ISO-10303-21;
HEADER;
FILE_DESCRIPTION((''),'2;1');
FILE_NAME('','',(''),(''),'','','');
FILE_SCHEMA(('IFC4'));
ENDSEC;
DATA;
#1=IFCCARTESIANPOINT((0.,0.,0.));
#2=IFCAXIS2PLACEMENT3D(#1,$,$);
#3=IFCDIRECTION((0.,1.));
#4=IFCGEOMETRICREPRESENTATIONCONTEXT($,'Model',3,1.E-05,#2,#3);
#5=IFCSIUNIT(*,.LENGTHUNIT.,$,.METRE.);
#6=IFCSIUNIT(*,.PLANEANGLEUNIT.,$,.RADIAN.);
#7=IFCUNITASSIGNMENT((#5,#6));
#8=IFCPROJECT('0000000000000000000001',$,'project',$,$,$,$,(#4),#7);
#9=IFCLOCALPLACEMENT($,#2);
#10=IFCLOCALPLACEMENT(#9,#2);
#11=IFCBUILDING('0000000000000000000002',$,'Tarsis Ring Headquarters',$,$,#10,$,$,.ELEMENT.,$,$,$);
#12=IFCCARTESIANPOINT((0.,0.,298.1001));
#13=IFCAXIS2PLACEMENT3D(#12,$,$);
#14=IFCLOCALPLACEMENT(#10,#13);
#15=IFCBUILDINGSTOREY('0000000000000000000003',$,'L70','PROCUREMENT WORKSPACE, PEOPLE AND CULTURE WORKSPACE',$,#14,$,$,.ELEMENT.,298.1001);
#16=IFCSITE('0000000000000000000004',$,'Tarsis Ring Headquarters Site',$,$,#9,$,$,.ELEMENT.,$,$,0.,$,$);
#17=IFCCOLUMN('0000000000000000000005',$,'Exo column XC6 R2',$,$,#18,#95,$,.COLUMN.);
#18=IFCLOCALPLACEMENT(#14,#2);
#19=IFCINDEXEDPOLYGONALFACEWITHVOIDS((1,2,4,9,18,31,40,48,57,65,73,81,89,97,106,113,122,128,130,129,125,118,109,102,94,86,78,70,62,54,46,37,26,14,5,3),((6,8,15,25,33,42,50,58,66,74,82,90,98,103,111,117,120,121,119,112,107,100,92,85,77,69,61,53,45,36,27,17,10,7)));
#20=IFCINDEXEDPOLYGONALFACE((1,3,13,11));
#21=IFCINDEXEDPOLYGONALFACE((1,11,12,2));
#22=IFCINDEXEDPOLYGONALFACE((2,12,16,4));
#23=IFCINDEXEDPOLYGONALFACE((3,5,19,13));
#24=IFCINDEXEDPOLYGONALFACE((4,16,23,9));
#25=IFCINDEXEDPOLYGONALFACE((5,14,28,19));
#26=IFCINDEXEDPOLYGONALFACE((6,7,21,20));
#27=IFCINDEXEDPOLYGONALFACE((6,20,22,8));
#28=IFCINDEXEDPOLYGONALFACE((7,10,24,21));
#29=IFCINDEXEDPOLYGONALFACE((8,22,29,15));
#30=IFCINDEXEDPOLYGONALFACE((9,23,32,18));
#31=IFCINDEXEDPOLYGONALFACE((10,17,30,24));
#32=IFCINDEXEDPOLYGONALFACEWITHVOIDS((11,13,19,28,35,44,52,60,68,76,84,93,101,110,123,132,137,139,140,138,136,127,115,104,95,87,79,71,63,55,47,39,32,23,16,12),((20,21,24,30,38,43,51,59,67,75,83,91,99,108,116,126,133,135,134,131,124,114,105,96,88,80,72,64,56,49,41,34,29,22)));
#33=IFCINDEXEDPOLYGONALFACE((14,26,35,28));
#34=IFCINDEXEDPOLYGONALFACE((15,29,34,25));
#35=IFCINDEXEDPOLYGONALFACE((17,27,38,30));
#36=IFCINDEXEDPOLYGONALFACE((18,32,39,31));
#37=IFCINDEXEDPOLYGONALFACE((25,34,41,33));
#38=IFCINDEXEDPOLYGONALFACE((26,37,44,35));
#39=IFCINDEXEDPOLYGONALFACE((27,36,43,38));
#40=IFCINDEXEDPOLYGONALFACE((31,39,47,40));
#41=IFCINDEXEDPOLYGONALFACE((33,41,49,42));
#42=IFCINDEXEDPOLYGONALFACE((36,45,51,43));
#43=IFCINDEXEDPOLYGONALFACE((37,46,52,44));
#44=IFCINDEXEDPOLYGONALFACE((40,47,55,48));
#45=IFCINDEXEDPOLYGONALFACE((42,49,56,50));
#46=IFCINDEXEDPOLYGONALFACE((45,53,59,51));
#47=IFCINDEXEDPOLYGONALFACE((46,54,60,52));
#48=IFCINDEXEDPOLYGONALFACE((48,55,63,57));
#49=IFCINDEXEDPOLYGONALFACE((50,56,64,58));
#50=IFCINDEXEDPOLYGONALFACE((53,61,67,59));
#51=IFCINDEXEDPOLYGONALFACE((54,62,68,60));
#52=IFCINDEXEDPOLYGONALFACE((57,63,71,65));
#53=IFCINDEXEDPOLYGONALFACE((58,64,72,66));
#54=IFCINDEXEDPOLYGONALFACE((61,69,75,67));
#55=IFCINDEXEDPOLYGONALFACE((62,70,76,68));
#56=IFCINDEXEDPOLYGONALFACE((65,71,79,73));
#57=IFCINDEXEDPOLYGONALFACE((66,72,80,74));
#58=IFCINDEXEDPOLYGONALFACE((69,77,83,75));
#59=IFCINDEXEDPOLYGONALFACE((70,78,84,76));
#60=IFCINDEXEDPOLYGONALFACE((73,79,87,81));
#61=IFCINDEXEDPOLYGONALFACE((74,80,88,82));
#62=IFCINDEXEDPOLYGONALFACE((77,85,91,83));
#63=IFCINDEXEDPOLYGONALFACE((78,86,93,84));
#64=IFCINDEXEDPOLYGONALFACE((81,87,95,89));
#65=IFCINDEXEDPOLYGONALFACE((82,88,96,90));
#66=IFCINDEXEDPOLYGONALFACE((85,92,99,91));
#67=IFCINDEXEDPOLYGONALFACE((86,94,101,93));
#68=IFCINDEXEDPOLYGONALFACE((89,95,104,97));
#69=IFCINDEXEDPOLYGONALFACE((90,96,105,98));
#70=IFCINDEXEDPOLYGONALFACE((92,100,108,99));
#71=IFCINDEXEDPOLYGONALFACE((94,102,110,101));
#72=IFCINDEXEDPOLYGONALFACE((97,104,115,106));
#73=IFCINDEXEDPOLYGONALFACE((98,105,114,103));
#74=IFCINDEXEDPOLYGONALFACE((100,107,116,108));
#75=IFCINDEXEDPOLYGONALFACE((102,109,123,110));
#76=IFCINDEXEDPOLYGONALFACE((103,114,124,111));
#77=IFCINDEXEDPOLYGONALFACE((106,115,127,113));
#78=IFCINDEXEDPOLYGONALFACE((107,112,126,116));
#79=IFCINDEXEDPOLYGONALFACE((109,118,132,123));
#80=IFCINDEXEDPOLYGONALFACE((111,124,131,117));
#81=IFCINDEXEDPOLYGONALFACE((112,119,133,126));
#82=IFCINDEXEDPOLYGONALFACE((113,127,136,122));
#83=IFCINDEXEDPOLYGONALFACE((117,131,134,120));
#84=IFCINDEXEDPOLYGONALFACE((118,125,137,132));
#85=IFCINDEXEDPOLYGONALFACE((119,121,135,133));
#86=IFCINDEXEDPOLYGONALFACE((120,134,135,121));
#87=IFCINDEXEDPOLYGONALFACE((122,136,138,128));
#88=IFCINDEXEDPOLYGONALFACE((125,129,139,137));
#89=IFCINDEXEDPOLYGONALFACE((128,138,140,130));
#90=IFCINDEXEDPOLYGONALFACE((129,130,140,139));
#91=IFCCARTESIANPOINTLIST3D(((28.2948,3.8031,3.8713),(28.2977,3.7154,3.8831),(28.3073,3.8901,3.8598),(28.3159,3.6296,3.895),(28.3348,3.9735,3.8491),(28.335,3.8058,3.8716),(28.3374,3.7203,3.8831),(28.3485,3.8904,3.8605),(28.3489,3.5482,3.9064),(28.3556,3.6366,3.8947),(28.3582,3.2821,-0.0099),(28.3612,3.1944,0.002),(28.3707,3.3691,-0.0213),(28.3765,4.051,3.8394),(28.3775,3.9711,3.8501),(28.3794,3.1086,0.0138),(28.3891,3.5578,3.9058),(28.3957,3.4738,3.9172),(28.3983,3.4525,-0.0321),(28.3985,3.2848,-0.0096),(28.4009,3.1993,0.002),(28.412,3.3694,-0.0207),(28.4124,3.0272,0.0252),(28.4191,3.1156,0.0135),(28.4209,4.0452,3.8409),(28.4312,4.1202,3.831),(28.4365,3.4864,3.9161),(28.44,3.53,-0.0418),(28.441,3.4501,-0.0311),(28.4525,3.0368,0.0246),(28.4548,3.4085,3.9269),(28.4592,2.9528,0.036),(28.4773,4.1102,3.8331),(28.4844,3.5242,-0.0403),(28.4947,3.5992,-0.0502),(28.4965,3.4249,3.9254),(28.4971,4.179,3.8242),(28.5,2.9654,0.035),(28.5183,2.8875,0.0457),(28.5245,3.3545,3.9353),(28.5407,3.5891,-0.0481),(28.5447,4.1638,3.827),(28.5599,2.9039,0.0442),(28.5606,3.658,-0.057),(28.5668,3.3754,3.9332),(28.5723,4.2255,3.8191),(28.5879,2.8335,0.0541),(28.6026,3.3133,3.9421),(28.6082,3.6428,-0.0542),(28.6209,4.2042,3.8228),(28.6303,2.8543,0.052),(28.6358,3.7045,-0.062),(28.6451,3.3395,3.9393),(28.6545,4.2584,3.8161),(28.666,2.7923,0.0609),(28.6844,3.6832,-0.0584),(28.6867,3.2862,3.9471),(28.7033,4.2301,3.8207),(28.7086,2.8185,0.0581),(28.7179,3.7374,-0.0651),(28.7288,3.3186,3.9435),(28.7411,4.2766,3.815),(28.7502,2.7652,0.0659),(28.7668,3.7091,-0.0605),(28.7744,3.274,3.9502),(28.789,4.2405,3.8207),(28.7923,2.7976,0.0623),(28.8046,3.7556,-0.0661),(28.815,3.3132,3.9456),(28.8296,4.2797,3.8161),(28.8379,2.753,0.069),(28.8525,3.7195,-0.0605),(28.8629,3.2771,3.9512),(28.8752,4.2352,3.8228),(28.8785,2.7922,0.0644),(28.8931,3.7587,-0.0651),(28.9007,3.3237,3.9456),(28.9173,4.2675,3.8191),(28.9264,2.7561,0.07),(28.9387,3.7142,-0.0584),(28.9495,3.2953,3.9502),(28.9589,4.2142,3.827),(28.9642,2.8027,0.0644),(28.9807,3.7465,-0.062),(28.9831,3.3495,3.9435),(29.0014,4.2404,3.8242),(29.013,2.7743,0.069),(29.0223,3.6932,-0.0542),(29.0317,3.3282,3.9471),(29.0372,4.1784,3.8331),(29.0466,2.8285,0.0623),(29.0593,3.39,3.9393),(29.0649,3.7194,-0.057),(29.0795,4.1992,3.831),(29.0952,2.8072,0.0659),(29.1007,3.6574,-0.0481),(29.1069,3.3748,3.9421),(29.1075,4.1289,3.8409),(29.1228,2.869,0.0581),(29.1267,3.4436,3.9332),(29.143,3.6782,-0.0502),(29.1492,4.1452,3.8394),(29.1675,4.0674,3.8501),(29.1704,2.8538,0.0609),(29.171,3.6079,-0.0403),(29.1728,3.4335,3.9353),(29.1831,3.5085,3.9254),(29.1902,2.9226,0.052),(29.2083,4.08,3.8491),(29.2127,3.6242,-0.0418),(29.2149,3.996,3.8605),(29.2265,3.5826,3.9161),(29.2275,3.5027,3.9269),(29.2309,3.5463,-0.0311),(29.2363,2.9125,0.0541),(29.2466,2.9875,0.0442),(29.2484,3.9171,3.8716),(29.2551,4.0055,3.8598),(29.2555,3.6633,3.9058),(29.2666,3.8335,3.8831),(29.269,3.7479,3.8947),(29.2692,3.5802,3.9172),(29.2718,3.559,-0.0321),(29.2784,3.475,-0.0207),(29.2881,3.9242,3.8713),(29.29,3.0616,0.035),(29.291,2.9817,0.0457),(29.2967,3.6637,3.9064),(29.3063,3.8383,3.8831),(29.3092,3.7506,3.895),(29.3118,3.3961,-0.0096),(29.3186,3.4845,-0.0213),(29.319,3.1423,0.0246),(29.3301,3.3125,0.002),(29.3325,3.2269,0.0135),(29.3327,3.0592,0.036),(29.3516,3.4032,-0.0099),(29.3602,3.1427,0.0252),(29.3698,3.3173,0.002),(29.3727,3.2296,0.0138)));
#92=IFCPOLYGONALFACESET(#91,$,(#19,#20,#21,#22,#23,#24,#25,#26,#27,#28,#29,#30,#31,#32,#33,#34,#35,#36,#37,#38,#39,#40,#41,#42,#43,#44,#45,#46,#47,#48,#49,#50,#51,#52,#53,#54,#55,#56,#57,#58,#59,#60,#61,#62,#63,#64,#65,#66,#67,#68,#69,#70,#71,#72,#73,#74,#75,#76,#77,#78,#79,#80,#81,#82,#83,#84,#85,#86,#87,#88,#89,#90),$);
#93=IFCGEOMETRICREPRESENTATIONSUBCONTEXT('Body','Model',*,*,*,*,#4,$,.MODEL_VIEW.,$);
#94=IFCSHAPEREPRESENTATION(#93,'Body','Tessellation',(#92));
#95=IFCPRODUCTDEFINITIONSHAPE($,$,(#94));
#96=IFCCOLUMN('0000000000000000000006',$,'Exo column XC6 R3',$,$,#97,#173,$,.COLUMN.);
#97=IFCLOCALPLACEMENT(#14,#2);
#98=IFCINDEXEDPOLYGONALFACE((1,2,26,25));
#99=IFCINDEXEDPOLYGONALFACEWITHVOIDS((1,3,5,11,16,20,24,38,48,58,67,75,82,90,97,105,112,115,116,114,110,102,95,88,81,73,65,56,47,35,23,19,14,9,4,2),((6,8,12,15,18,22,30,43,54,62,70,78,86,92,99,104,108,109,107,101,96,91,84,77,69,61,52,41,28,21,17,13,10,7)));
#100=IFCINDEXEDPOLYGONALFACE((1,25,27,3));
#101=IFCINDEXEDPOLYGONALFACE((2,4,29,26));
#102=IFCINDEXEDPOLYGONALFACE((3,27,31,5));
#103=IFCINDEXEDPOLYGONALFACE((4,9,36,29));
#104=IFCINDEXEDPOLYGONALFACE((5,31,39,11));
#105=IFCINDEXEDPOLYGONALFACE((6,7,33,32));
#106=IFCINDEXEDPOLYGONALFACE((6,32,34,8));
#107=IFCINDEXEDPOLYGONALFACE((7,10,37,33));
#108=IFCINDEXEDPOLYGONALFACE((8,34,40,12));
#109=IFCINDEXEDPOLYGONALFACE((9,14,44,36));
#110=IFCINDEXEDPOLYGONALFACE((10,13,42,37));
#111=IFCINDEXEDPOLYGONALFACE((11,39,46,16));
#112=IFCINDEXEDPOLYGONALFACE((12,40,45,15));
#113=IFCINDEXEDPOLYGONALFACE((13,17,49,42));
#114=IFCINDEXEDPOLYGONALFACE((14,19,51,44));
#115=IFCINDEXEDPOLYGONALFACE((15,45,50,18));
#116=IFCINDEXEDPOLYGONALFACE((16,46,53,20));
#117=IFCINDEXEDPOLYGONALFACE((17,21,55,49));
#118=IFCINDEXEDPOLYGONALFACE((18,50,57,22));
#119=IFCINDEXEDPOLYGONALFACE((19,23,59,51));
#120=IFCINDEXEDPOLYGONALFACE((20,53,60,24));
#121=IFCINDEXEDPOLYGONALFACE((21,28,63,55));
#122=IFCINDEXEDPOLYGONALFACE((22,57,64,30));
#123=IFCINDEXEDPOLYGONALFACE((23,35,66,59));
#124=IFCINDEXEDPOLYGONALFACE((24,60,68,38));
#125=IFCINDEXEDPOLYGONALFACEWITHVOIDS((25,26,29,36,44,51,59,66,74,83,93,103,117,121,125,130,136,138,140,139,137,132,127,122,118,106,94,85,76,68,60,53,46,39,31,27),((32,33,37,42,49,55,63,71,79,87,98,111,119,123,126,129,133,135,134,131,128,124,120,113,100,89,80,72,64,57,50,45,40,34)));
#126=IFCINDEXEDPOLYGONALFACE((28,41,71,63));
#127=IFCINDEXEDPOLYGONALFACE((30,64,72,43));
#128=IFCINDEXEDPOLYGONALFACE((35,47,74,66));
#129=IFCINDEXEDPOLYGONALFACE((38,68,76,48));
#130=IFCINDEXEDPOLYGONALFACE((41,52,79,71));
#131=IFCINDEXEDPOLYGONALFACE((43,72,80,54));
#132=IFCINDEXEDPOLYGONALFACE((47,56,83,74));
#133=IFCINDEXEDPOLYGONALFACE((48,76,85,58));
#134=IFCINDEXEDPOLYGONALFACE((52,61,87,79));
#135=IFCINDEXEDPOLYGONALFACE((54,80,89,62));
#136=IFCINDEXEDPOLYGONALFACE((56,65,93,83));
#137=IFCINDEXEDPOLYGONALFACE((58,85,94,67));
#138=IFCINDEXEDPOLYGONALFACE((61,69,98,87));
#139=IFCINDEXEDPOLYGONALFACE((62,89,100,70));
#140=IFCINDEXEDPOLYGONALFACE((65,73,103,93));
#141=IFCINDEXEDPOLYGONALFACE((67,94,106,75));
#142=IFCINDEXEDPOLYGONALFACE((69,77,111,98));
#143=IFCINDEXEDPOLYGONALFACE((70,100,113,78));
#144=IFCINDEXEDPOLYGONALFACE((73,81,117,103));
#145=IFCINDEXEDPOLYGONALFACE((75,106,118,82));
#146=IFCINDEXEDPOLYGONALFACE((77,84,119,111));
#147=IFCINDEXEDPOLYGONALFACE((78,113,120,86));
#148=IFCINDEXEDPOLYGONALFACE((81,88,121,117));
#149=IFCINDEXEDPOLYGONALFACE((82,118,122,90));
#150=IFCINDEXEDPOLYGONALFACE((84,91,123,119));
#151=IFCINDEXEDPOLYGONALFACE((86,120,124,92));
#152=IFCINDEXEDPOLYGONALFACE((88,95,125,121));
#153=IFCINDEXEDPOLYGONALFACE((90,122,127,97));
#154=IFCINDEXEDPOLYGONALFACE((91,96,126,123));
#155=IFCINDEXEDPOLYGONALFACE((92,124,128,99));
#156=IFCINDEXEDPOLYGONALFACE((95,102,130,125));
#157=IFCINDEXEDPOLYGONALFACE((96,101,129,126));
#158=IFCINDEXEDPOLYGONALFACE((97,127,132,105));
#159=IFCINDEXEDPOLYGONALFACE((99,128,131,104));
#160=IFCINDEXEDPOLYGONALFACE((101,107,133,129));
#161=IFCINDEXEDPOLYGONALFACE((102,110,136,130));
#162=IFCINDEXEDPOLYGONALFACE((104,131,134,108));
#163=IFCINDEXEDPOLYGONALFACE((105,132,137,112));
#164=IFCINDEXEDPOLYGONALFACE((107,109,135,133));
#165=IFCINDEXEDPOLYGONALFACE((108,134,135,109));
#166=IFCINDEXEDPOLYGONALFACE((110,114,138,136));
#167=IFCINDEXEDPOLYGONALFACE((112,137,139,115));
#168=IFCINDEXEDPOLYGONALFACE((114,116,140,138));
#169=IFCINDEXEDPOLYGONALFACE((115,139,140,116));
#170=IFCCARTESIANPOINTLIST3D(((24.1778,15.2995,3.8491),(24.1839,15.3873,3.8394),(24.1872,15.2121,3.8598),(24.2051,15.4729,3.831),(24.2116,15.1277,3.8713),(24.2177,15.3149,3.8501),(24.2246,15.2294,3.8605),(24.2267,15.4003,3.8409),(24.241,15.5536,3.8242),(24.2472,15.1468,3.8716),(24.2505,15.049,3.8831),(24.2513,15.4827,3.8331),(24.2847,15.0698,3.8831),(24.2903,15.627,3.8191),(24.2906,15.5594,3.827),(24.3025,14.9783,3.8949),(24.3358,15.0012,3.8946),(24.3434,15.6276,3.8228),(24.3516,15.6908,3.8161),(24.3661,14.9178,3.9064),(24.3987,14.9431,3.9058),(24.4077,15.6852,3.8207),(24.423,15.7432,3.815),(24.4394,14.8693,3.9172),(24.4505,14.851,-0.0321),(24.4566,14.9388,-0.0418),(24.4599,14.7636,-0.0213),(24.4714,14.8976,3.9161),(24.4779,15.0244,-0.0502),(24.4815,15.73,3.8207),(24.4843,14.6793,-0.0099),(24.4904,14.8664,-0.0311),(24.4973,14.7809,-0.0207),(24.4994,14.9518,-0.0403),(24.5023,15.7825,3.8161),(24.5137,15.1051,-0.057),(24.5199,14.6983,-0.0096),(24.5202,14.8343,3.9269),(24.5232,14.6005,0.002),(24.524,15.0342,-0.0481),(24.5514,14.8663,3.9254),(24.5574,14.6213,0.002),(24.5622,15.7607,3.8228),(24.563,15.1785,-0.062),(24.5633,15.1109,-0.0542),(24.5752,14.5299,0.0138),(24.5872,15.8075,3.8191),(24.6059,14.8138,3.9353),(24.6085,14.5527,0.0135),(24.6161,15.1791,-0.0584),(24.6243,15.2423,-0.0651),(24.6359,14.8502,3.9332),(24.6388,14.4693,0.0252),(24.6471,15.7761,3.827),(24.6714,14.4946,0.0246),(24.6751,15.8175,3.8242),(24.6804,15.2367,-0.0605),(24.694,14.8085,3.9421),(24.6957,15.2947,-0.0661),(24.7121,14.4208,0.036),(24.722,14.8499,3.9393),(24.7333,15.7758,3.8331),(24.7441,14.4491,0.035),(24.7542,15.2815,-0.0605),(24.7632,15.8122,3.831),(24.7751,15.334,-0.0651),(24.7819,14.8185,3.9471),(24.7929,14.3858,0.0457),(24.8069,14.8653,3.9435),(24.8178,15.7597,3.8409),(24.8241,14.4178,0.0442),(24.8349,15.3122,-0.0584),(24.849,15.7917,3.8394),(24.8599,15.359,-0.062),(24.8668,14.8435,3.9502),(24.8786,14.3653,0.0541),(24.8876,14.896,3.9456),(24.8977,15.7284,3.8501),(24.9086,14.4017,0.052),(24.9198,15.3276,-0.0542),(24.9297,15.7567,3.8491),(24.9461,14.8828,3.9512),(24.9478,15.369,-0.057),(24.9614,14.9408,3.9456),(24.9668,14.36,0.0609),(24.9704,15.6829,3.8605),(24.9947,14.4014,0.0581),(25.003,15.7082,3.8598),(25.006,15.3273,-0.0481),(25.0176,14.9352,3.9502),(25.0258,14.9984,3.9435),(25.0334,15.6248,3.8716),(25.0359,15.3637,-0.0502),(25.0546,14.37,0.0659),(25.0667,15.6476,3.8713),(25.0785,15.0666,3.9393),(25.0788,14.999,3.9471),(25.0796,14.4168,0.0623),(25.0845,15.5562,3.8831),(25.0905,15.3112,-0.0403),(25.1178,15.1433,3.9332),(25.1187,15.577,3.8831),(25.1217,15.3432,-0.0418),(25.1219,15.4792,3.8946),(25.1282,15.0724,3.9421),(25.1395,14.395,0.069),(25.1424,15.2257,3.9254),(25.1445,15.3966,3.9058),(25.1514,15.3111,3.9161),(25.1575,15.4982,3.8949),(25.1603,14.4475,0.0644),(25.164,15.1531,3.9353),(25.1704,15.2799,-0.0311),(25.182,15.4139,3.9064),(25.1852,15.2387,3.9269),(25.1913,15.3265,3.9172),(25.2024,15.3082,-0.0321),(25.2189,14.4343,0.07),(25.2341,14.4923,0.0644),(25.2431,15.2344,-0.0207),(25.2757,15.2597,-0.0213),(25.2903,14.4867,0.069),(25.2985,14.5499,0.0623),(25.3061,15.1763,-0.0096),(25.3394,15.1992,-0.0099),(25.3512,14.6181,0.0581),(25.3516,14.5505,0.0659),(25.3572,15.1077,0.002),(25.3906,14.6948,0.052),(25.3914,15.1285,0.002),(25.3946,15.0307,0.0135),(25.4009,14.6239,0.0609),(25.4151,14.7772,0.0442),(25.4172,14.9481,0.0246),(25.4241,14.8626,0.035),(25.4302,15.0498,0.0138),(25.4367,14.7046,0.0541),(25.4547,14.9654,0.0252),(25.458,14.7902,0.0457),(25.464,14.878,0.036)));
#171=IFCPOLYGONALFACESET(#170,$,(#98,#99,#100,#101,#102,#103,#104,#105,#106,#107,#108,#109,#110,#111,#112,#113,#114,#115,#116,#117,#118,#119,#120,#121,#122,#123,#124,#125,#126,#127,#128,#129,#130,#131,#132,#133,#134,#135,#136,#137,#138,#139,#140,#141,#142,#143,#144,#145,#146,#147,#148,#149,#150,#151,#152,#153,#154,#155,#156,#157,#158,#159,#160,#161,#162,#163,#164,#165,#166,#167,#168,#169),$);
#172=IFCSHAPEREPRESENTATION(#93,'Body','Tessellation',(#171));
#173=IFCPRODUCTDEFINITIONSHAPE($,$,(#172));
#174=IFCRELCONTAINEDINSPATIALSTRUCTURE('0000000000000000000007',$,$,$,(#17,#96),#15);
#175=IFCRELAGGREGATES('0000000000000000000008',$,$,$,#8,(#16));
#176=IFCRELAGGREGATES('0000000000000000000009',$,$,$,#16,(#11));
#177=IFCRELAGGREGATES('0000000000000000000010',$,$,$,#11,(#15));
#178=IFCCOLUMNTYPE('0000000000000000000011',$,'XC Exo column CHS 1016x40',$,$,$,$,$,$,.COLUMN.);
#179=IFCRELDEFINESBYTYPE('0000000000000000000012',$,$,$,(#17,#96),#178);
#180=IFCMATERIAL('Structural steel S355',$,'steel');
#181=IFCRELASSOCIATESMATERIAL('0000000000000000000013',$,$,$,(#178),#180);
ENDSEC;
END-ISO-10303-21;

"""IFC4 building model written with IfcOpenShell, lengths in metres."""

from ifc_helpers import new_model, si_unit, direction, frame, origin, origin_2d, place, context, subcontext, project, spatial, hollow_circle, extrude, material, material_profile, profile_set, type_object, element, save


model = new_model("IFC4")

# Units and contexts
model_context = context("Model", 3, precision=1e-05, world=origin(), true_north=direction((0.0, 1.0)))
body_context = subcontext(model_context, "Body", "Model", "MODEL_VIEW")
ifc_project = project(units=[si_unit("LENGTHUNIT", "METRE"), si_unit("PLANEANGLEUNIT", "RADIAN")], contexts=[model_context])

# Site, building, storey
site_placement = place(None, origin())
site = spatial("IfcSite", under=ifc_project, at=site_placement, Name="Tarsis Ring Headquarters Site", CompositionType="ELEMENT", RefElevation=0.0)
building_placement = place(site_placement, origin())
building = spatial("IfcBuilding", under=site, at=building_placement, Name="Tarsis Ring Headquarters", CompositionType="ELEMENT")
storey_placement = place(building_placement, frame((0.0, 0.0, 298.1001)))
storey = spatial("IfcBuildingStorey", under=building, at=storey_placement, Name="L70", Description="PROCUREMENT WORKSPACE, PEOPLE AND CULTURE WORKSPACE", CompositionType="ELEMENT", Elevation=298.1001)

# Columns
ifc_material_1 = material(Name="Structural steel S355", Category="steel")
ifc_material_profile_1 = material_profile(ifc_material_1, hollow_circle(Radius=0.5081, WallThickness=0.04, at=origin_2d()), Name="CHS 1016x40")
ifc_profile_set_1 = profile_set([ifc_material_profile_1], Name="Structural steel S355")
column_type = type_object("IfcColumnType", Name="XC Exo column CHS 1016x40", PredefinedType="COLUMN", material=ifc_profile_set_1)
for number, where, z_axis, x_axis, name in (
    (1, (28.8655, 3.2559, 0.002), (-0.016208, 0.133028, 0.99098), (-0.99266, -0.120943, 0.0), "Exo column XC6 R2"),
    (2, (24.9573, 14.8645, 0.002), (-0.069631, 0.114514, 0.990978), (-0.854441, -0.519548, 0.0), "Exo column XC6 R3"),
):
    element("IfcColumn", number, at=place(storey_placement, frame(where, z_axis=z_axis, x_axis=x_axis)), inside=storey, type_object=column_type, Name=name, PredefinedType="COLUMN", context=body_context, shape_type="SweptSolid", body=[
        extrude(hollow_circle(Radius=0.5081, WallThickness=0.04, at=origin_2d()), origin(), (0.0, 0.0, 1.0), 3.9165),
    ])

save(model, "model.ifc")
